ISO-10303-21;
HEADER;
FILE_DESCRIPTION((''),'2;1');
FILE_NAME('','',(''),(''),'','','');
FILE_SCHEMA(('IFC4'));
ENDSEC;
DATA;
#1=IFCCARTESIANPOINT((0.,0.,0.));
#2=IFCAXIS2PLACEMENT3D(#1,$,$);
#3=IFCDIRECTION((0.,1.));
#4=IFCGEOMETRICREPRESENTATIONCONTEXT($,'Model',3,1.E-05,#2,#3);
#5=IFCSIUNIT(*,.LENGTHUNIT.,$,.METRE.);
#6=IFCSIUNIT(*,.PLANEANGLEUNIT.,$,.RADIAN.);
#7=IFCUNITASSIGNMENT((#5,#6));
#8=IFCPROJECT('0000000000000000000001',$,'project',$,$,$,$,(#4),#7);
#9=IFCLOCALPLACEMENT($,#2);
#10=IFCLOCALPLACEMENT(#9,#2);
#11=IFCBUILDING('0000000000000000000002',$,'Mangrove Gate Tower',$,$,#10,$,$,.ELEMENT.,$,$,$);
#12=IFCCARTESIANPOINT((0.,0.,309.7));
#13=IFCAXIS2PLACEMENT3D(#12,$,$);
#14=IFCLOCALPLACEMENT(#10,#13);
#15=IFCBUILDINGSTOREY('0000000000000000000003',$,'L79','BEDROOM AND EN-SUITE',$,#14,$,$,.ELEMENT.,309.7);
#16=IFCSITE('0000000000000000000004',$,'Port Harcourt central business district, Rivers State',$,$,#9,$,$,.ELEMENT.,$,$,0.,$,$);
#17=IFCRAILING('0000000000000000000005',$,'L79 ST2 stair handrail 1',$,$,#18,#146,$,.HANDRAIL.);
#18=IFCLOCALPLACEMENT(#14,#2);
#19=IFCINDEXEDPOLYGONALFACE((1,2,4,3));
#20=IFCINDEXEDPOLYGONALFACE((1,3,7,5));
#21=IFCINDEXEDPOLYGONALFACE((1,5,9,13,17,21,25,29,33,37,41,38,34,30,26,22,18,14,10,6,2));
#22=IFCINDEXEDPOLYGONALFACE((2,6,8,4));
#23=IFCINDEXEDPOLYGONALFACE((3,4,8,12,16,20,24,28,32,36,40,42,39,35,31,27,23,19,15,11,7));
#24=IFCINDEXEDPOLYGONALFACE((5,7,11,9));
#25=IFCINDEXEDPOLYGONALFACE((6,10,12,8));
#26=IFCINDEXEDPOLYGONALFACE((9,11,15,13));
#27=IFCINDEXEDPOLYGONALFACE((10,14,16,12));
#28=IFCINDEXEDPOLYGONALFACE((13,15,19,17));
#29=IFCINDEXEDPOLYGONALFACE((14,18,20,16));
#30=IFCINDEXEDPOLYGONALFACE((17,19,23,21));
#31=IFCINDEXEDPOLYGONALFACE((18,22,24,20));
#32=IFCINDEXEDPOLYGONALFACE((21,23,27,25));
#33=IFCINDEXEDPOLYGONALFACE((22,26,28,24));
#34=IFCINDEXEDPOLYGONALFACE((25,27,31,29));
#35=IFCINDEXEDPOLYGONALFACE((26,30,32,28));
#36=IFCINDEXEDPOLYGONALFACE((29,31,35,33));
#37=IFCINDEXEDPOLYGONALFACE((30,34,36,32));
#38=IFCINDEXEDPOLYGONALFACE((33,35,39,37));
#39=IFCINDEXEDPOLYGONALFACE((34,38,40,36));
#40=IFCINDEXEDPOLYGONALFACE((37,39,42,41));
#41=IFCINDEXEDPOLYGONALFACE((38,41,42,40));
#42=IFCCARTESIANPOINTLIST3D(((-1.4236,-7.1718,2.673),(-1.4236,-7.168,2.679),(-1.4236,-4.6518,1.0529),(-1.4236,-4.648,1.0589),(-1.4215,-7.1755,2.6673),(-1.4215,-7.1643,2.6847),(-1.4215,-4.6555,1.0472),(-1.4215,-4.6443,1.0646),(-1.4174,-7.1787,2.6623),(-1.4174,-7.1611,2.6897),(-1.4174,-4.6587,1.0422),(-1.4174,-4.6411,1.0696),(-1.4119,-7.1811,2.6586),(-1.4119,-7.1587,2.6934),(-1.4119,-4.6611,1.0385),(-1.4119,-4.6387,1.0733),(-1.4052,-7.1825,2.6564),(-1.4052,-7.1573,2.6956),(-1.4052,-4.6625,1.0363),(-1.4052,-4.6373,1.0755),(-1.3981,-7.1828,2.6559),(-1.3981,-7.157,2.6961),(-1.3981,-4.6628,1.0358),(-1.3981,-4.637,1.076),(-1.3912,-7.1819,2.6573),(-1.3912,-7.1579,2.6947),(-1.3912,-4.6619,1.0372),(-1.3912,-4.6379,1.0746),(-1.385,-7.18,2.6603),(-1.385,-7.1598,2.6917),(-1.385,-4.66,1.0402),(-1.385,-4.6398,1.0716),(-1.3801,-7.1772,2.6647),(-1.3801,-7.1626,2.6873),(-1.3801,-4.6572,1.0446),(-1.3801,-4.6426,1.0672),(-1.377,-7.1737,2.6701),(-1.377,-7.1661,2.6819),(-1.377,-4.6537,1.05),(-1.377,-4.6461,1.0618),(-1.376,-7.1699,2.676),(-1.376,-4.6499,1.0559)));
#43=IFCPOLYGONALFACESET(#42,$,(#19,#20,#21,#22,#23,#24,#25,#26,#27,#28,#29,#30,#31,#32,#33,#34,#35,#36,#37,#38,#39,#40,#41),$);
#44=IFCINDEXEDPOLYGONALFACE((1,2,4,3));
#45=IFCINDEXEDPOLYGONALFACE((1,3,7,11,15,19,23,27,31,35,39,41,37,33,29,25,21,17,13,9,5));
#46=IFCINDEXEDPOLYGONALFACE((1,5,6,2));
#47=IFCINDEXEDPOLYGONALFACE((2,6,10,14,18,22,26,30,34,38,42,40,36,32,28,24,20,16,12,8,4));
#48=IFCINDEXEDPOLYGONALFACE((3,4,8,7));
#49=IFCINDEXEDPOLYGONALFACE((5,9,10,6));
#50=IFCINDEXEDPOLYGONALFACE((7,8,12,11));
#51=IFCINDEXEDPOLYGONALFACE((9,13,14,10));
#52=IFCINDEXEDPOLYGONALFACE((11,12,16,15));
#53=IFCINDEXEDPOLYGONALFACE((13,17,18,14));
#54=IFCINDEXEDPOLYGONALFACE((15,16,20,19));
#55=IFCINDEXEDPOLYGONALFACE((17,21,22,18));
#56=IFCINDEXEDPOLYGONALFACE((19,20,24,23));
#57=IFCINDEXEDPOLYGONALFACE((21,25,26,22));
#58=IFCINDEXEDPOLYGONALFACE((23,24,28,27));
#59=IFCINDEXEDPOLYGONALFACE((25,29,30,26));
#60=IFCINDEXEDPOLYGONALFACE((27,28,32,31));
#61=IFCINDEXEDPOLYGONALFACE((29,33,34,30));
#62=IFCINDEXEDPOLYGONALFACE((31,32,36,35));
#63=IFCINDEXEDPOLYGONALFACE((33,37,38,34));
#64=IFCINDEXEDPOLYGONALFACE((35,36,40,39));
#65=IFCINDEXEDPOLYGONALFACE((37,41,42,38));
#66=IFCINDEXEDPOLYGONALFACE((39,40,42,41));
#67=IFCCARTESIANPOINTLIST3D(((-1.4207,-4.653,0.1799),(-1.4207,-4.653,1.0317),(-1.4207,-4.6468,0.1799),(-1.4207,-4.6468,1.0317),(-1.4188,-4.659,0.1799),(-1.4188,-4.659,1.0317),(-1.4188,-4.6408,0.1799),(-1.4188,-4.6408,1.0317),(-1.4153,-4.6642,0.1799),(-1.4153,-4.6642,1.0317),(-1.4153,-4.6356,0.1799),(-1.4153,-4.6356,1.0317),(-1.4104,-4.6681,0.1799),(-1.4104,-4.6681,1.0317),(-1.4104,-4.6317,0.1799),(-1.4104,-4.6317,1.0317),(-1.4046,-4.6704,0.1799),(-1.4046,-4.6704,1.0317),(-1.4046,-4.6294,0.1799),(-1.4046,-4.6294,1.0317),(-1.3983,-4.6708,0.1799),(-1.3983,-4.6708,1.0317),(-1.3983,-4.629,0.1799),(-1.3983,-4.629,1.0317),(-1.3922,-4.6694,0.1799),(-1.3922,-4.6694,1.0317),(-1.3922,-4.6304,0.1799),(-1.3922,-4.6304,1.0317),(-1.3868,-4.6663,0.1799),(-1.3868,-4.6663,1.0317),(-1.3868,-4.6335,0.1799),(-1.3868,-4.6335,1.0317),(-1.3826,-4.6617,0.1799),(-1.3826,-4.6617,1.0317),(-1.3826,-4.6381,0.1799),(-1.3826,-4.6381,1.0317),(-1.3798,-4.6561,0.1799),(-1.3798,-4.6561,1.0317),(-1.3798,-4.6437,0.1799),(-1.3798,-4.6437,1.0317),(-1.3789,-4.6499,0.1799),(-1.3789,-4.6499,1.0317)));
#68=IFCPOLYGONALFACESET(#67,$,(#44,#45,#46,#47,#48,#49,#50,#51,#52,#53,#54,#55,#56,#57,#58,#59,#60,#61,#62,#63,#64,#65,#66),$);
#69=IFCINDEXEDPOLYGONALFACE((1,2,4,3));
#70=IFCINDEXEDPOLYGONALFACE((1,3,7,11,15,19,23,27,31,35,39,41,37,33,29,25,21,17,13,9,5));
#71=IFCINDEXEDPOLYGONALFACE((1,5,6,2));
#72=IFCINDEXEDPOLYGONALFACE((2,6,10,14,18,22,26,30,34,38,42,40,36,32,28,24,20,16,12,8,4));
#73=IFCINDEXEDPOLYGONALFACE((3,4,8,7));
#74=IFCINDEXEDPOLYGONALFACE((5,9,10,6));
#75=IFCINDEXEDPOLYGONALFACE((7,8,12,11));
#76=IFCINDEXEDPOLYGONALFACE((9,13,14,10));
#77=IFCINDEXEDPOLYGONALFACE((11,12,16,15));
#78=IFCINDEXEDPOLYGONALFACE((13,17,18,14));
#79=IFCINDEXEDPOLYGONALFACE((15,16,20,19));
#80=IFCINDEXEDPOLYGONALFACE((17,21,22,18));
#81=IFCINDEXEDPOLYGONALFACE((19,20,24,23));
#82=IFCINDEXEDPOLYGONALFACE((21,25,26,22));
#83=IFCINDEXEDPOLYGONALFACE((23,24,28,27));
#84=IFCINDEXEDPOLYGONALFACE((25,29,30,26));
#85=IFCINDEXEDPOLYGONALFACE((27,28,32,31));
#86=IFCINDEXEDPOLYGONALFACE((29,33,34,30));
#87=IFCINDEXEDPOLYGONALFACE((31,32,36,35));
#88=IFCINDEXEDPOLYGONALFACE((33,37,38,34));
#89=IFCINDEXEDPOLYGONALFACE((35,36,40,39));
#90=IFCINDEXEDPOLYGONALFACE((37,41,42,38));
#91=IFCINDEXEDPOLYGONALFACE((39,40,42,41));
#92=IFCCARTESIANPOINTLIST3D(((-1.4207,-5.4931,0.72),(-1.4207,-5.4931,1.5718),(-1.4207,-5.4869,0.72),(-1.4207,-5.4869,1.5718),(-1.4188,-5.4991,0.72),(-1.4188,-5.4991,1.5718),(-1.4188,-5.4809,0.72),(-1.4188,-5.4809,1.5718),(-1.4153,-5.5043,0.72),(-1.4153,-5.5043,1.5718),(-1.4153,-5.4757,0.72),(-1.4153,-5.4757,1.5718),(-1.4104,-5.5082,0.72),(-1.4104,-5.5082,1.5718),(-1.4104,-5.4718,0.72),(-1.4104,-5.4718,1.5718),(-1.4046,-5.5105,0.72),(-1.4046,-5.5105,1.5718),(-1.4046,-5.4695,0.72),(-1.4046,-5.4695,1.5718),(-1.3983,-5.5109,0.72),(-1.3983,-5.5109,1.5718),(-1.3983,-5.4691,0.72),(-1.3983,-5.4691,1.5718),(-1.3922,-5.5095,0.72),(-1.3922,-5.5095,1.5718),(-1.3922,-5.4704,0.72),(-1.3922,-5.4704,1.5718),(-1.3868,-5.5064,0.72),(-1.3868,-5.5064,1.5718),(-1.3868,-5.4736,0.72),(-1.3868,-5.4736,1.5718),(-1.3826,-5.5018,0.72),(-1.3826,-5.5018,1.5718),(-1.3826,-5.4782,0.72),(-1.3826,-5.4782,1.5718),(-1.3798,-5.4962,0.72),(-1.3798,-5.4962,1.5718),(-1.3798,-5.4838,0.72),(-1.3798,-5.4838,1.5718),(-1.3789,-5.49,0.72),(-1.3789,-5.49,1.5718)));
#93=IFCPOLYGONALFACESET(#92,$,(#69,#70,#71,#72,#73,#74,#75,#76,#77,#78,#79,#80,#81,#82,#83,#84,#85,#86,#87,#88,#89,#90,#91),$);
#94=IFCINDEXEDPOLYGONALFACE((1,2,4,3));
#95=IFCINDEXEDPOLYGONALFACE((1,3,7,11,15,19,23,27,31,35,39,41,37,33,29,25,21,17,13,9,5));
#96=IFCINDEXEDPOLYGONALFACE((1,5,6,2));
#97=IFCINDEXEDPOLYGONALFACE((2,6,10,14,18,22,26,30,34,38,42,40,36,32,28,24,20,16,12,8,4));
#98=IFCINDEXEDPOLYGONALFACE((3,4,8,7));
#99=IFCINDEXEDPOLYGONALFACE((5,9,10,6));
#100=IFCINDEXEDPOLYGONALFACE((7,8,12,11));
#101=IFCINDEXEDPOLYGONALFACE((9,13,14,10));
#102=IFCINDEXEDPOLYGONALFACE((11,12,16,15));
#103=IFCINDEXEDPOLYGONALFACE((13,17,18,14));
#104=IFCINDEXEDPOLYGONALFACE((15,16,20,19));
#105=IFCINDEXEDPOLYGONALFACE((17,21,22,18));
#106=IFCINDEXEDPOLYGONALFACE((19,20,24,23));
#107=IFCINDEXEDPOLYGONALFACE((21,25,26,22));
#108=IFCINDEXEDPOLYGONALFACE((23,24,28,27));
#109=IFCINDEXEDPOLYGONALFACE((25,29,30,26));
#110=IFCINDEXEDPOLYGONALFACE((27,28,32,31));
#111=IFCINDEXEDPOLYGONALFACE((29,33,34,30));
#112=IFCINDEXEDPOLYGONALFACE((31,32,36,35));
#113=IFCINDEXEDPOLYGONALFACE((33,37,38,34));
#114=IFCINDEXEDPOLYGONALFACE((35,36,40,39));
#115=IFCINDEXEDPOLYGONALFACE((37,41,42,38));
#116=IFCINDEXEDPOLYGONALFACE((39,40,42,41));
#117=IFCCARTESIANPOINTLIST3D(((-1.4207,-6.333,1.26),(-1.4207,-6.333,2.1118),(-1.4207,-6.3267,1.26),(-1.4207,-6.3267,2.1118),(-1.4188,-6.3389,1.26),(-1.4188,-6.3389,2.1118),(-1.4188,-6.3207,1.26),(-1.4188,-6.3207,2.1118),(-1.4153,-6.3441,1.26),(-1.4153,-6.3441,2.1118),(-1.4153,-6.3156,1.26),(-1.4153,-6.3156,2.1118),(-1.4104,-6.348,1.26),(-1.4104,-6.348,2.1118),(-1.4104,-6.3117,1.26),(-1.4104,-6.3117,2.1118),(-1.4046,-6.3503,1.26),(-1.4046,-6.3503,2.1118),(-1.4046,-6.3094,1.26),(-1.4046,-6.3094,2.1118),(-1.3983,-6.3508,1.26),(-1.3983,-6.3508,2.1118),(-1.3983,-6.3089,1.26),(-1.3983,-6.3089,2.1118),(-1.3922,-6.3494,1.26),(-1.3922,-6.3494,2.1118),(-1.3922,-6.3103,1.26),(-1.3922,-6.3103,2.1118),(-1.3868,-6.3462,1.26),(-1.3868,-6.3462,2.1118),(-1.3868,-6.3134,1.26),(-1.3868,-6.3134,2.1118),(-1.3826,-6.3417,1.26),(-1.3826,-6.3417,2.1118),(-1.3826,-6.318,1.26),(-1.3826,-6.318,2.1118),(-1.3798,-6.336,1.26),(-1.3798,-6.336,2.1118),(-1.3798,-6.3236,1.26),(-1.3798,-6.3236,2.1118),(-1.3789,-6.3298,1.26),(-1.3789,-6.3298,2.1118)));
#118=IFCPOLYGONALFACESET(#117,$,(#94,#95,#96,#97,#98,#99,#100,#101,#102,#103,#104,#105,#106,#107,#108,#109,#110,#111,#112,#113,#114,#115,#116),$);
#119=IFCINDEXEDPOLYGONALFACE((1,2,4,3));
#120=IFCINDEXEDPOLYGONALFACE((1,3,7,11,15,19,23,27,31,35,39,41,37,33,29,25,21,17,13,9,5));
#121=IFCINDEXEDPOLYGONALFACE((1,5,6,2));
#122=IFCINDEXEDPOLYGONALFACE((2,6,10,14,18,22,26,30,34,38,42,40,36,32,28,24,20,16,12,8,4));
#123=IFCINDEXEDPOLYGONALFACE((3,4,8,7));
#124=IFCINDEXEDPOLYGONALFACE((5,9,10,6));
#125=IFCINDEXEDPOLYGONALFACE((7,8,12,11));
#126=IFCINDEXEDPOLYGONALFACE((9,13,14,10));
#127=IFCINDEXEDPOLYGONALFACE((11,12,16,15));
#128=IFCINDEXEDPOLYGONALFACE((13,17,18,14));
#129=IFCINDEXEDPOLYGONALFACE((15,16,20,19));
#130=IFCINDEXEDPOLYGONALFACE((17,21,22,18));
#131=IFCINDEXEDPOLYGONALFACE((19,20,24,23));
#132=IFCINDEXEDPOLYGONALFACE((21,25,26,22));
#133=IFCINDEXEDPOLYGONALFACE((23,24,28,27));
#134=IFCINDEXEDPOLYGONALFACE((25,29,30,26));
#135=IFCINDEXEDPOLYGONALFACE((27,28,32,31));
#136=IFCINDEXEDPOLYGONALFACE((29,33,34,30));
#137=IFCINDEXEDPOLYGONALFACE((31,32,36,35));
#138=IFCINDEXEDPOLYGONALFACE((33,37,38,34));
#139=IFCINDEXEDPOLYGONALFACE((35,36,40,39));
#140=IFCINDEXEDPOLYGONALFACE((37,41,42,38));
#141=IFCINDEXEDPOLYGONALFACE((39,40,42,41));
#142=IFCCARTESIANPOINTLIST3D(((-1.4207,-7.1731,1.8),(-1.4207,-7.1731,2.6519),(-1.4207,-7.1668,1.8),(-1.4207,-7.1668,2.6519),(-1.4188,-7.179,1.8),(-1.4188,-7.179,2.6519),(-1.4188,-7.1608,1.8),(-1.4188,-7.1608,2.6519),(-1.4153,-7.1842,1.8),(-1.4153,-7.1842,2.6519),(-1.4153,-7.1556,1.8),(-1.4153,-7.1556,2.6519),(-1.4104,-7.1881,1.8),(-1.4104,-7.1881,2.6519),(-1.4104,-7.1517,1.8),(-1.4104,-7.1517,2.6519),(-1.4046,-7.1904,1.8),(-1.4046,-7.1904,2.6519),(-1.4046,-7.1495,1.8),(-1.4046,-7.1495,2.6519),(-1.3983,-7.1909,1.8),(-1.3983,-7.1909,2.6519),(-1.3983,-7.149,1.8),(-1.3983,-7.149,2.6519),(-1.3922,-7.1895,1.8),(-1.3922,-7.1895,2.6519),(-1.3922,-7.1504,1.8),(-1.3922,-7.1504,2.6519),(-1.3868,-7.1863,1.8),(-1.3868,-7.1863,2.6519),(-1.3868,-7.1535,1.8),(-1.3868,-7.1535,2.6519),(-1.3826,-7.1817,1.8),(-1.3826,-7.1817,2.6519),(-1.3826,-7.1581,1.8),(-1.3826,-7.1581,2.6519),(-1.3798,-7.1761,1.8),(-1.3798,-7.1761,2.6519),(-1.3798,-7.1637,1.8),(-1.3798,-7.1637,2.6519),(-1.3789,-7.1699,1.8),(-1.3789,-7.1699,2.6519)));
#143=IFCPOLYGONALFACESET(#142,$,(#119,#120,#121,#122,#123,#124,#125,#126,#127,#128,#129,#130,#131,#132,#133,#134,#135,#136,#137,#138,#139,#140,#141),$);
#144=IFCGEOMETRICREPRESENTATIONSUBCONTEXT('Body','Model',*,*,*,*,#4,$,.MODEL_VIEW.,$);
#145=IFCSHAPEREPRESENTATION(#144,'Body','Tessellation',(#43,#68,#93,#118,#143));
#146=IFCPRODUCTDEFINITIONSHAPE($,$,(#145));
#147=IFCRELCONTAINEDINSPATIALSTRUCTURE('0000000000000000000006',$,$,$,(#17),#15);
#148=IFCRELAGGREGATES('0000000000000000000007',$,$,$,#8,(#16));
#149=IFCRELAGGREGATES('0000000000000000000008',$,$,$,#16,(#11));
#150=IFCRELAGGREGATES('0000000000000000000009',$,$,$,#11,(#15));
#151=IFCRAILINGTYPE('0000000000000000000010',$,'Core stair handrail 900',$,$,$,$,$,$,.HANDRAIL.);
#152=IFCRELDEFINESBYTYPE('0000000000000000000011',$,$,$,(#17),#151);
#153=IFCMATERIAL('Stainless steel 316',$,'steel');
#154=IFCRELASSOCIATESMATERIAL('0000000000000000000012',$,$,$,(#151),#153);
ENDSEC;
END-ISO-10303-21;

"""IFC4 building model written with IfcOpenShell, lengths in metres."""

from ifc_helpers import new_model, si_unit, direction, frame, origin, origin_2d, place, context, subcontext, project, spatial, circle, extrude, material, type_object, element, save


model = new_model("IFC4")

# Units and contexts
model_context = context("Model", 3, precision=1e-05, world=origin(), true_north=direction((0.0, 1.0)))
body_context = subcontext(model_context, "Body", "Model", "MODEL_VIEW")
ifc_project = project(units=[si_unit("LENGTHUNIT", "METRE"), si_unit("PLANEANGLEUNIT", "RADIAN")], contexts=[model_context])

# Site, building, storey
site_placement = place(None, origin())
site = spatial("IfcSite", under=ifc_project, at=site_placement, Name="Port Harcourt central business district, Rivers State", CompositionType="ELEMENT", RefElevation=0.0)
building_placement = place(site_placement, origin())
building = spatial("IfcBuilding", under=site, at=building_placement, Name="Mangrove Gate Tower", CompositionType="ELEMENT")
storey_placement = place(building_placement, frame((0.0, 0.0, 309.7)))
storey = spatial("IfcBuildingStorey", under=building, at=storey_placement, Name="L79", Description="BEDROOM AND EN-SUITE", CompositionType="ELEMENT", Elevation=309.7)

# Railing
ifc_material_1 = material(Name="Stainless steel 316", Category="steel")
railing_type_1 = type_object("IfcRailingType", Name="Core stair handrail 900", PredefinedType="HANDRAIL", material=ifc_material_1)
railing_1_placement = place(storey_placement, frame((-1.3999, -4.6499, 0.1799)))
element("IfcRailing", 1, at=railing_1_placement, inside=storey, type_object=railing_type_1, Name="L79 ST2 stair handrail 1", PredefinedType="HANDRAIL", context=body_context, shape_type="SweptSolid", body=[
    extrude(circle(Radius=0.0239, at=origin_2d()), frame((0.0, 0.0, 0.876), z_axis=(0.0, -0.841163, 0.540782), x_axis=(1.0, 0.0, 0.0)), (0.0, 0.0, 1.0), 2.9958),
    extrude(circle(Radius=0.021, at=origin_2d()), origin(), (0.0, 0.0, 1.0), 0.8518),
    extrude(circle(Radius=0.021, at=origin_2d()), frame((0.0, -0.8401, 0.54)), (0.0, 0.0, 1.0), 0.8518),
    extrude(circle(Radius=0.021, at=origin_2d()), frame((0.0, -1.6799, 1.0801)), (0.0, 0.0, 1.0), 0.8518),
    extrude(circle(Radius=0.021, at=origin_2d()), frame((0.0, -2.52, 1.6201)), (0.0, 0.0, 1.0), 0.8518),
])

save(model, "model.ifc")
